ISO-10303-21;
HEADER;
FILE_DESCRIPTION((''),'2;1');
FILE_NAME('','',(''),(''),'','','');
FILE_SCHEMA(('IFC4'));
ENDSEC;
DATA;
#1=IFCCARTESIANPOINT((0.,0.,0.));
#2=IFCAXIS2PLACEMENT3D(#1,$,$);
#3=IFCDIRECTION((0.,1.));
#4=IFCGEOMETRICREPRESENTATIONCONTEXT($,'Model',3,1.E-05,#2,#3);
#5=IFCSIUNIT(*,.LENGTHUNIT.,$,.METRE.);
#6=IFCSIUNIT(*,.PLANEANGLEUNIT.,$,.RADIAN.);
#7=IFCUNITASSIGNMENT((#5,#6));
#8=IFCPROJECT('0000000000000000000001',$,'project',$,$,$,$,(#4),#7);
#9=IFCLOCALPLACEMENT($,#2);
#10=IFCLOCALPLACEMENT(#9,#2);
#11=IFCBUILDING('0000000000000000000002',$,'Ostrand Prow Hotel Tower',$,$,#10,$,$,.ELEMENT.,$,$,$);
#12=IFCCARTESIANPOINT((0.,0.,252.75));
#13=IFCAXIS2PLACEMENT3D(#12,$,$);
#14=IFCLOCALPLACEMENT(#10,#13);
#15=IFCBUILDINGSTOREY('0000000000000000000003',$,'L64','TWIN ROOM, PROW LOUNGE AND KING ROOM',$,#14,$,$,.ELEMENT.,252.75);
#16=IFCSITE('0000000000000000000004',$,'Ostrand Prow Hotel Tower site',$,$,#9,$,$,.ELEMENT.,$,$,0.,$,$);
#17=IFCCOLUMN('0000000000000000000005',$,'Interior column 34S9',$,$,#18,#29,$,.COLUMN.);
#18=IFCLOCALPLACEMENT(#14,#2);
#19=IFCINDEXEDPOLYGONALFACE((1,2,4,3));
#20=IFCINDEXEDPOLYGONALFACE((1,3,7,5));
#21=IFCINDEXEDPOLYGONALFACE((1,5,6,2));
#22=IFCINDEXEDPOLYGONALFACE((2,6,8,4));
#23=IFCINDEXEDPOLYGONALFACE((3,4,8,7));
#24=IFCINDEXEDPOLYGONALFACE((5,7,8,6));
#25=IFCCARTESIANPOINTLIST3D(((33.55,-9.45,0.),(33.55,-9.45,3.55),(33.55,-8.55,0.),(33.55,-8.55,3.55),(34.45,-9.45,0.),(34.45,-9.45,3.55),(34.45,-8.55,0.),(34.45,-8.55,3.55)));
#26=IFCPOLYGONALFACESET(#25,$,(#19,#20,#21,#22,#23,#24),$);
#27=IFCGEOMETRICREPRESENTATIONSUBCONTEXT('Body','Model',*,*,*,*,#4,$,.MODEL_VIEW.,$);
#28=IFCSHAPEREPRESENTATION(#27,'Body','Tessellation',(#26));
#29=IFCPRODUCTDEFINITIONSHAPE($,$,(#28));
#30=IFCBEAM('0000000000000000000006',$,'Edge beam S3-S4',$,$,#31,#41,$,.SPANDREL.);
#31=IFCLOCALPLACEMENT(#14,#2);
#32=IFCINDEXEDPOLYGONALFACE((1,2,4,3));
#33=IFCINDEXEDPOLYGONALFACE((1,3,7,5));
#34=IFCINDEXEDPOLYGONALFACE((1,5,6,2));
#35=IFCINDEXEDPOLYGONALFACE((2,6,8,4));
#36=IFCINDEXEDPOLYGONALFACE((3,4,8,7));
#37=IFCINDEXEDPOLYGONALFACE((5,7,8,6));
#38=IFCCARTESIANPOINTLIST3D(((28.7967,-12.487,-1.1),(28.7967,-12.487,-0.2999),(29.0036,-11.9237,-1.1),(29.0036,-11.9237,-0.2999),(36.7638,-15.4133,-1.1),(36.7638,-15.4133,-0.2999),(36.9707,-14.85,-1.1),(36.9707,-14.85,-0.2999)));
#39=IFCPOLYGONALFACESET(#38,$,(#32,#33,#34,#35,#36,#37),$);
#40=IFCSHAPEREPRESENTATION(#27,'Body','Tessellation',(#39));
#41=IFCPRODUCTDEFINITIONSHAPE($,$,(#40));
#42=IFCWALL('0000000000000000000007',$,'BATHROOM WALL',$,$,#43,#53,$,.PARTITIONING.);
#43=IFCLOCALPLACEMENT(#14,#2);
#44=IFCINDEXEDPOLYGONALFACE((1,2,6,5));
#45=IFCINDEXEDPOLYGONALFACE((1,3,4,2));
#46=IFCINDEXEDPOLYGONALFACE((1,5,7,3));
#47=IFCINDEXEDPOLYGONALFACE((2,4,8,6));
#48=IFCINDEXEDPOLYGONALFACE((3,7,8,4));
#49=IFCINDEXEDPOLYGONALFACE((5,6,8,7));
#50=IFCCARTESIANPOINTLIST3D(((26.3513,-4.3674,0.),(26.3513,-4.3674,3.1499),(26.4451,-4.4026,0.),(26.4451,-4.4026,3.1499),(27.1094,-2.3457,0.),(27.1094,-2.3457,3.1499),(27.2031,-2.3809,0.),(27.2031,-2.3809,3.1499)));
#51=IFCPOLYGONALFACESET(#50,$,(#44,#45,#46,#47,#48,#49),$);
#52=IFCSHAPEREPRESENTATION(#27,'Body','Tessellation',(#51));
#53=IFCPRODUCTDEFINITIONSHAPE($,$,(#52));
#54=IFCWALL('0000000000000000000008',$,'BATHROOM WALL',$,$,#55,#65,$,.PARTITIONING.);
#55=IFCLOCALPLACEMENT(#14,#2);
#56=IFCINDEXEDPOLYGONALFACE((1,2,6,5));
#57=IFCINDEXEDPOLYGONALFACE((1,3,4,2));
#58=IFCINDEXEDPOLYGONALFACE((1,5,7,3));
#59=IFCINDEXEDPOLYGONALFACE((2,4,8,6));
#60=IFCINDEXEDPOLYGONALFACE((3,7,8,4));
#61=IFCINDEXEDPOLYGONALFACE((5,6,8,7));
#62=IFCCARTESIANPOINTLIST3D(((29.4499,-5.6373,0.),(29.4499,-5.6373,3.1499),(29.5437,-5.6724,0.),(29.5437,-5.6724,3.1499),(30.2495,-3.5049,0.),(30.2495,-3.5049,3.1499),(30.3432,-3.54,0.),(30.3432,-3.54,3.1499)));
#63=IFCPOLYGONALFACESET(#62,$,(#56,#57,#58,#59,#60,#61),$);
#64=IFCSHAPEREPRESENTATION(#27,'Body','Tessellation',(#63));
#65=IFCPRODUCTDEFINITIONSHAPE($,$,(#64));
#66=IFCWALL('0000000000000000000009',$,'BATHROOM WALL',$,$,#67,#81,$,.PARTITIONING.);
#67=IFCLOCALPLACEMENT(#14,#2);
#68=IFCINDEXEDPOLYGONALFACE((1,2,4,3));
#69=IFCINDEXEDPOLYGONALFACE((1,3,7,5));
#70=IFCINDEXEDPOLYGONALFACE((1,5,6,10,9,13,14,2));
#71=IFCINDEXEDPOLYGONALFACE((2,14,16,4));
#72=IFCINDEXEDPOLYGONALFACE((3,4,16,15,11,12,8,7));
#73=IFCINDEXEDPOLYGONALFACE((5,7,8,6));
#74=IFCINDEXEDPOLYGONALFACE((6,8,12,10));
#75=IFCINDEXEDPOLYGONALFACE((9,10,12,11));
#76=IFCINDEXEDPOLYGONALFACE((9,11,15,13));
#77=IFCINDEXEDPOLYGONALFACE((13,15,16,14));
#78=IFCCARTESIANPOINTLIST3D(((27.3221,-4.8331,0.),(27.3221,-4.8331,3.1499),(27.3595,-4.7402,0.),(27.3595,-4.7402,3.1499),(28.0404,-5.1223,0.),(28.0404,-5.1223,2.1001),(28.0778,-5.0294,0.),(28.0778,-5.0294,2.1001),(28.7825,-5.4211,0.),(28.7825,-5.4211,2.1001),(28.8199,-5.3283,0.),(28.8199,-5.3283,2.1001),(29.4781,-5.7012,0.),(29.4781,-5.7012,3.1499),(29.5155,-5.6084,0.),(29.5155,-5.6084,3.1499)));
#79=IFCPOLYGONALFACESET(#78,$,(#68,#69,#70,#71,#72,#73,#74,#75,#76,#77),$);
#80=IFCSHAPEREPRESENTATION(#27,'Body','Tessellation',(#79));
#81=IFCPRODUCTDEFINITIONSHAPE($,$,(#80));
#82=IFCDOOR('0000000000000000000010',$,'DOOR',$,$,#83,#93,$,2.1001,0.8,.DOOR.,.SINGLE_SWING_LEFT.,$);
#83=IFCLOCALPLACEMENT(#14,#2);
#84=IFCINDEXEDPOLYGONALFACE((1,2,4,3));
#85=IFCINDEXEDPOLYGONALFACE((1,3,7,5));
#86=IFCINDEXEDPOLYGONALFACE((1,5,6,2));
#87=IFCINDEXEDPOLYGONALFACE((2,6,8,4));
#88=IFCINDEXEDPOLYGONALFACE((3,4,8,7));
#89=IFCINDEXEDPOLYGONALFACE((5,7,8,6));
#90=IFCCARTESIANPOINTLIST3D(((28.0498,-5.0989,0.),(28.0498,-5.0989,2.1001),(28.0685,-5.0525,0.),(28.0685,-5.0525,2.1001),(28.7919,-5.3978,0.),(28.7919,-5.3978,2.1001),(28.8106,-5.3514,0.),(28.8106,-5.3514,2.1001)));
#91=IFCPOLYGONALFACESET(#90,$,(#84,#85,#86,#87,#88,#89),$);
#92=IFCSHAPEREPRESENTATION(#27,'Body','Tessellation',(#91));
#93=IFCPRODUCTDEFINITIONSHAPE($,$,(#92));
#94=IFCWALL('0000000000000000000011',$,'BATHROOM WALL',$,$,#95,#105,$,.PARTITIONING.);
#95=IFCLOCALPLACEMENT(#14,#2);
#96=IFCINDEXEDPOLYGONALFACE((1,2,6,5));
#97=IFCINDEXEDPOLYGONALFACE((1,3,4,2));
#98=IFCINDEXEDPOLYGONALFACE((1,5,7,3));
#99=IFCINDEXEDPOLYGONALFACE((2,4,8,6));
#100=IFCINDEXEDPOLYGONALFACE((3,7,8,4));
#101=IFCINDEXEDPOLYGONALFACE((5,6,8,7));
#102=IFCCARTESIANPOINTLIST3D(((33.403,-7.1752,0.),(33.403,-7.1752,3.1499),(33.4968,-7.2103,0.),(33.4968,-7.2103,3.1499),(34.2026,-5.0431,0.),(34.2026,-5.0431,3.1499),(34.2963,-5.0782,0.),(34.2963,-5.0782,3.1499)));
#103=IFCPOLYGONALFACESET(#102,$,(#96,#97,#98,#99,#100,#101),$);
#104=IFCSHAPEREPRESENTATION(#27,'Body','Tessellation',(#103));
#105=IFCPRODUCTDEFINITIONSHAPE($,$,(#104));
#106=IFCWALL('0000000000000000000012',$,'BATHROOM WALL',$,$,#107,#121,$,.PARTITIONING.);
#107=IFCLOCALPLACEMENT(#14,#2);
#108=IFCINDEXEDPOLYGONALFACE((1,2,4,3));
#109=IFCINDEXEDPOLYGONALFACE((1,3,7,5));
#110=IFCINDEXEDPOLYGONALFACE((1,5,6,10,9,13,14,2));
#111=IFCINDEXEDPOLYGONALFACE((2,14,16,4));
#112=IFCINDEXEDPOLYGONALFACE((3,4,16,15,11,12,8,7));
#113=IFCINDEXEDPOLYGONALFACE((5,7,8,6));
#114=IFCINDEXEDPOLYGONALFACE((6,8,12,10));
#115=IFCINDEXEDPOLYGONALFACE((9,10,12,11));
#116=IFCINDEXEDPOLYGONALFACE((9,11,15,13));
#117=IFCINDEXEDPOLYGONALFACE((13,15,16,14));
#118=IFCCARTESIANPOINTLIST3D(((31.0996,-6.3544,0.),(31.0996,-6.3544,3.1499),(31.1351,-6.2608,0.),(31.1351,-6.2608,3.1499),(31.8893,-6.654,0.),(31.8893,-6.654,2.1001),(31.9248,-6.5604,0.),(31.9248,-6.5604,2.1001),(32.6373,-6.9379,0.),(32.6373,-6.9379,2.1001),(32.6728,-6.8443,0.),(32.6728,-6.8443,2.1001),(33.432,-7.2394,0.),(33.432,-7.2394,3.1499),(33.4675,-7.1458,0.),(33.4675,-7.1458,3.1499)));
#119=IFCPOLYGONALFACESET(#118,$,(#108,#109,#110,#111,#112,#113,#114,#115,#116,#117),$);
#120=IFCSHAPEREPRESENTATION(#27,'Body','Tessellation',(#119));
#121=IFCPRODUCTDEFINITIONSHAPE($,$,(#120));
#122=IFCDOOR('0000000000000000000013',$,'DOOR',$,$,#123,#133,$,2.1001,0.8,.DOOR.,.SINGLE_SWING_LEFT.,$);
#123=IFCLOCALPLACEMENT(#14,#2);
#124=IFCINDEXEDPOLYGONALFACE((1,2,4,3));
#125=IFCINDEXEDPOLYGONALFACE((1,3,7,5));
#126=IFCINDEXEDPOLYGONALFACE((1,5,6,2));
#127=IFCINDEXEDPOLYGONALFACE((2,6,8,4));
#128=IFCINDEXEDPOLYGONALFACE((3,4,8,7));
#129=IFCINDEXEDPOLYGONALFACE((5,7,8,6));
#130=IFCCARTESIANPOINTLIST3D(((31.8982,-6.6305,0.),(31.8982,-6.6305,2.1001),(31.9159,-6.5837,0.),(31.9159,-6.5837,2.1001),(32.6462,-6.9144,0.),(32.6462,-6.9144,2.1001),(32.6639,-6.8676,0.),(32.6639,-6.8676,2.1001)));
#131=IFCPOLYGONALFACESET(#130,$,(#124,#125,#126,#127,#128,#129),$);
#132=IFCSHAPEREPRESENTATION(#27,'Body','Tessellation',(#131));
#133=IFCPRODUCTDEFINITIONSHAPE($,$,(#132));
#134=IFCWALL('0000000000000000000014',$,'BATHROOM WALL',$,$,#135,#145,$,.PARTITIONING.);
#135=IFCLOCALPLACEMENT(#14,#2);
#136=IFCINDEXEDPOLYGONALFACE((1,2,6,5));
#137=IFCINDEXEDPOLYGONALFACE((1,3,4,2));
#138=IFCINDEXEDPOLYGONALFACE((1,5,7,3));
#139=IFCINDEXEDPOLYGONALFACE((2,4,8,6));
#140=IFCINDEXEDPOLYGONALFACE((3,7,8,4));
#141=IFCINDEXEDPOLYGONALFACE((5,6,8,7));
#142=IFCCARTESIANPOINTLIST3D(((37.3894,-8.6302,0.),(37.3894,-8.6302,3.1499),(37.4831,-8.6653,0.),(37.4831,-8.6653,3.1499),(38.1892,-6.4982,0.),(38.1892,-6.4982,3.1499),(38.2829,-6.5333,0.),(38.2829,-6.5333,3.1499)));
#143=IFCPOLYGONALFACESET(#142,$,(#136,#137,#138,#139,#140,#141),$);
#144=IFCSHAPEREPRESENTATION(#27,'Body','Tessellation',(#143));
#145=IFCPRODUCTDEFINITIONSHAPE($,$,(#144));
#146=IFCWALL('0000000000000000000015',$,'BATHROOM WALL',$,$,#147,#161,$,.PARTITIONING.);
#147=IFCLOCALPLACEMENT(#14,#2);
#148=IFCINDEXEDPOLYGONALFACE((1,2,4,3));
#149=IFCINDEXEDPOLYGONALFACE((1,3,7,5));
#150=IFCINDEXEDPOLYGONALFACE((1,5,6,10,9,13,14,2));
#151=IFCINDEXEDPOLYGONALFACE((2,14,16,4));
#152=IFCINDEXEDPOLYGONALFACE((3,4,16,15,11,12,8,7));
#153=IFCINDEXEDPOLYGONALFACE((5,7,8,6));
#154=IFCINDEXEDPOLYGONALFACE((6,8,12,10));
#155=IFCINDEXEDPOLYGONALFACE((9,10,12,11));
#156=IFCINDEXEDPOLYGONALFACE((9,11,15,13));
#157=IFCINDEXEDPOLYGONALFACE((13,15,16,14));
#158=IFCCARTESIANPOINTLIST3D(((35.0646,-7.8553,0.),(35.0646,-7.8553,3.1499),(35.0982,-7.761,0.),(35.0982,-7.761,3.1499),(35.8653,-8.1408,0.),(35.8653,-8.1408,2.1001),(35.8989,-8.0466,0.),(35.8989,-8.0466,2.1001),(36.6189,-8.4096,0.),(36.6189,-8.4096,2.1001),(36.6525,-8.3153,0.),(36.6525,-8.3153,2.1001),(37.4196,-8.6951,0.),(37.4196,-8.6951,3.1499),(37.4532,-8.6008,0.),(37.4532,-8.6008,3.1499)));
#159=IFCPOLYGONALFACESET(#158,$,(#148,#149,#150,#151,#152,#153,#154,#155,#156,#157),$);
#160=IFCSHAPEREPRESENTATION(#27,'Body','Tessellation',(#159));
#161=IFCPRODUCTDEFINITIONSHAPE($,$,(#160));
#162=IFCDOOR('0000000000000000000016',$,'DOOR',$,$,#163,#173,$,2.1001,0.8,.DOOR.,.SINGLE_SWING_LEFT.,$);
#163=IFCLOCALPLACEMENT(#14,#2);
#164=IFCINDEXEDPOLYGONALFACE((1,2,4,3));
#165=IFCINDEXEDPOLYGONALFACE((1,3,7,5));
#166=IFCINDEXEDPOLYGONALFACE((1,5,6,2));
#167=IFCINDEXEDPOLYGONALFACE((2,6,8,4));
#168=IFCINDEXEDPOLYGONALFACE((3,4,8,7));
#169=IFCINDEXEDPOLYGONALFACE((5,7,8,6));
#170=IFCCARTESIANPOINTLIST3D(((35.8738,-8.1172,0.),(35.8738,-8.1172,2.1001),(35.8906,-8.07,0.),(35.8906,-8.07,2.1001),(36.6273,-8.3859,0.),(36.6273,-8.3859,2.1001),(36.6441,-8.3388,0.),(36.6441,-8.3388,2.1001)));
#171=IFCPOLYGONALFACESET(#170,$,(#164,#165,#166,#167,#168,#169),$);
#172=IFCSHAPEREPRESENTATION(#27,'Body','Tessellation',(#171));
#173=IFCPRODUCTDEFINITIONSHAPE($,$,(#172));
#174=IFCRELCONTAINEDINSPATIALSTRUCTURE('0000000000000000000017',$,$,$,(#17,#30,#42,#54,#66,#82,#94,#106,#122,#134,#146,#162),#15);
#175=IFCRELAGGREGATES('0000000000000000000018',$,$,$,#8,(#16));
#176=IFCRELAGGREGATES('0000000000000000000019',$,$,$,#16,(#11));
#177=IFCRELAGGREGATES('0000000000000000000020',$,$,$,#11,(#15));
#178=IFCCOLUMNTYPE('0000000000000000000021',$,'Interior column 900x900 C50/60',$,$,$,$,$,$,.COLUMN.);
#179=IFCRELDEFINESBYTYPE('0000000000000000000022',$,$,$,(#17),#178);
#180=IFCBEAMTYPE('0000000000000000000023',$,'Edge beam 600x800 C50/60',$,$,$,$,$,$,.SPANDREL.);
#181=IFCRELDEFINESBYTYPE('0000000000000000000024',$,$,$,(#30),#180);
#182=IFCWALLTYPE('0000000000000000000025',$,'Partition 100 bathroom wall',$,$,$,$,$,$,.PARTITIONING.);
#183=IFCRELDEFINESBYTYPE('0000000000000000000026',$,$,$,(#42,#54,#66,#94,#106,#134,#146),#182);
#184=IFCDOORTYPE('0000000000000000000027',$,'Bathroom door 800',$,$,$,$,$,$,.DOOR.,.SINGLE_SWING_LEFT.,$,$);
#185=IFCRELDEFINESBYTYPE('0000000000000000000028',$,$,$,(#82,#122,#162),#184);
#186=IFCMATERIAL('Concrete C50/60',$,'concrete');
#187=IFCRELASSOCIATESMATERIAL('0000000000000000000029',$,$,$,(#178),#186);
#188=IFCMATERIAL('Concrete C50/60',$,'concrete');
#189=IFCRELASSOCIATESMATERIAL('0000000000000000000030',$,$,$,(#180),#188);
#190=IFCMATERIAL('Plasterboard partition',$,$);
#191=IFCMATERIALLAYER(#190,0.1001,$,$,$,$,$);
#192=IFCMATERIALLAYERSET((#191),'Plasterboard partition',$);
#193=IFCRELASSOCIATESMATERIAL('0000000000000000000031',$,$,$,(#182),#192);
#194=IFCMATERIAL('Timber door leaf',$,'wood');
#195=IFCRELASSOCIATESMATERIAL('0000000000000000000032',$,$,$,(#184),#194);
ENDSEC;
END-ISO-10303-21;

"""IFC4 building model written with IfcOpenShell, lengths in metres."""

from ifc_helpers import new_model, si_unit, direction, frame, frame_2d, origin, origin_2d, place, context, subcontext, project, spatial, rectangle, extrude, material, layer, layer_set, material_profile, profile_set, type_object, element, fill, save


model = new_model("IFC4")

# Units and contexts
model_context = context("Model", 3, precision=1e-05, world=origin(), true_north=direction((0.0, 1.0)))
body_context = subcontext(model_context, "Body", "Model", "MODEL_VIEW")
ifc_project = project(units=[si_unit("LENGTHUNIT", "METRE"), si_unit("PLANEANGLEUNIT", "RADIAN")], contexts=[model_context])

# Site, building, storey
site_placement = place(None, origin())
site = spatial("IfcSite", under=ifc_project, at=site_placement, Name="Ostrand Prow Hotel Tower site", CompositionType="ELEMENT", RefElevation=0.0)
building_placement = place(site_placement, origin())
building = spatial("IfcBuilding", under=site, at=building_placement, Name="Ostrand Prow Hotel Tower", CompositionType="ELEMENT")
storey_placement = place(building_placement, frame((0.0, 0.0, 252.75)))
storey = spatial("IfcBuildingStorey", under=building, at=storey_placement, Name="L64", Description="TWIN ROOM, PROW LOUNGE AND KING ROOM", CompositionType="ELEMENT", Elevation=252.75)

# Column
ifc_material_1 = material(Name="Concrete C50/60", Category="concrete")
ifc_material_profile_1 = material_profile(ifc_material_1, rectangle(XDim=0.8999, YDim=0.8999, at=origin_2d()), Name="RC 900x900")
ifc_profile_set_1 = profile_set([ifc_material_profile_1], Name="Concrete C50/60")
column_type = type_object("IfcColumnType", Name="Interior column 900x900 C50/60", PredefinedType="COLUMN", material=ifc_profile_set_1)
column_placement = place(storey_placement, frame((34.0, -9.0, 0.0), z_axis=(0.0, 0.0, 1.0), x_axis=(1.0, 0.0, 0.0)))
element("IfcColumn", 1, at=column_placement, inside=storey, type_object=column_type, Name="Interior column 34S9", PredefinedType="COLUMN", context=body_context, shape_type="SweptSolid", body=[
    extrude(rectangle(XDim=0.8999, YDim=0.8999, at=origin_2d()), origin(), (0.0, 0.0, 1.0), 3.55),
])

# Beam
ifc_material_2 = material(Name="Concrete C50/60", Category="concrete")
ifc_material_profile_2 = material_profile(ifc_material_2, rectangle(XDim=0.6001, YDim=0.8, at=origin_2d()), Name="RC 600x800")
ifc_profile_set_2 = profile_set([ifc_material_profile_2], Name="Concrete C50/60")
beam_type = type_object("IfcBeamType", Name="Edge beam 600x800 C50/60", PredefinedType="SPANDREL", material=ifc_profile_set_2)
beam_placement = place(storey_placement, frame((28.9001, -12.2053, -0.7), z_axis=(0.938685, -0.344776, 0.0), x_axis=(0.344776, 0.938685, 0.0)))
element("IfcBeam", 2, at=beam_placement, inside=storey, type_object=beam_type, Name="Edge beam S3-S4", PredefinedType="SPANDREL", context=body_context, shape_type="SweptSolid", body=[
    extrude(rectangle(XDim=0.6001, YDim=0.8, at=origin_2d()), origin(), (0.0, 0.0, 1.0), 8.4875),
])

# Walls
ifc_material_3 = material(Name="Plasterboard partition")
ifc_layer_1 = layer(ifc_material_3, 0.1001)
ifc_layer_set_1 = layer_set([ifc_layer_1], Name="Plasterboard partition")
wall_type_1 = type_object("IfcWallType", Name="Partition 100 bathroom wall", PredefinedType="PARTITIONING", material=ifc_layer_set_1)
wall_1_placement = place(storey_placement, frame((27.1562, -2.3633, 0.0), z_axis=(0.0, 0.0, 1.0), x_axis=(-0.351086, -0.936343, 0.0)))
element("IfcWall", 3, at=wall_1_placement, inside=storey, type_object=wall_type_1, Name="BATHROOM WALL", PredefinedType="PARTITIONING", context=body_context, shape_type="SweptSolid", body=[
    extrude(rectangle(XDim=2.1592, YDim=0.1001, at=frame_2d((1.0796, 0.0))), origin(), (0.0, 0.0, 1.0), 3.1499),
])
wall_2_placement = place(storey_placement, frame((30.2964, -3.5225, 0.0), z_axis=(0.0, 0.0, 1.0), x_axis=(-0.3511, -0.936338, 0.0)))
element("IfcWall", 4, at=wall_2_placement, inside=storey, type_object=wall_type_1, Name="BATHROOM WALL", PredefinedType="PARTITIONING", context=body_context, shape_type="SweptSolid", body=[
    extrude(rectangle(XDim=2.2773, YDim=0.1001, at=frame_2d((1.1387, 0.0))), origin(), (0.0, 0.0, 1.0), 3.1499),
])

# Wall, opening, door
wall_3_placement = place(storey_placement, frame((29.4968, -5.6548, 0.0), z_axis=(0.0, 0.0, 1.0), x_axis=(-0.927619, 0.373527, 0.0)))
wall_3 = element("IfcWall", 5, at=wall_3_placement, inside=storey, type_object=wall_type_1, Name="BATHROOM WALL", PredefinedType="PARTITIONING", context=body_context, shape_type="SweptSolid", body=[
    extrude(rectangle(XDim=2.3242, YDim=0.1001, at=frame_2d((1.1621, 0.0))), origin(), (0.0, 0.0, 1.0), 3.1499),
])
opening_1_placement = place(wall_3_placement, frame((0.75, 0.0, 0.0)))
opening_1 = element("IfcOpeningElement", 6, at=opening_1_placement, cuts=wall_3, PredefinedType="OPENING", context=body_context, shape_type="SweptSolid", body=[
    extrude(rectangle(XDim=0.8, YDim=2.1001, at=frame_2d((0.3999, 1.05))), frame((0.0, 0.0601, 0.0), z_axis=(0.0, -1.0, 0.0), x_axis=(1.0, 0.0, 0.0)), (0.0, 0.0, 1.0), 0.1201),
])
ifc_material_4 = material(Name="Timber door leaf", Category="wood")
door_type_1 = type_object("IfcDoorType", Name="Bathroom door 800", OperationType="SINGLE_SWING_LEFT", PredefinedType="DOOR", material=ifc_material_4)
door_1_placement = place(opening_1_placement, origin())
door_1 = element("IfcDoor", 7, at=door_1_placement, inside=storey, type_object=door_type_1, Name="DOOR", OperationType="SINGLE_SWING_LEFT", OverallHeight=2.1001, OverallWidth=0.8, PredefinedType="DOOR", context=body_context, shape_type="SweptSolid", body=[
    extrude(rectangle(XDim=0.8, YDim=2.1001, at=frame_2d((0.3999, 1.05))), frame((0.0, 0.0249, 0.0), z_axis=(0.0, -1.0, 0.0), x_axis=(1.0, 0.0, 0.0)), (0.0, 0.0, 1.0), 0.05),
])
fill(opening_1, door_1)

# Wall
wall_4_placement = place(storey_placement, frame((34.2495, -5.0605, 0.0), z_axis=(0.0, 0.0, 1.0), x_axis=(-0.351135, -0.936325, 0.0)))
element("IfcWall", 8, at=wall_4_placement, inside=storey, type_object=wall_type_1, Name="BATHROOM WALL", PredefinedType="PARTITIONING", context=body_context, shape_type="SweptSolid", body=[
    extrude(rectangle(XDim=2.2771, YDim=0.1001, at=frame_2d((1.1387, 0.0))), origin(), (0.0, 0.0, 1.0), 3.1499),
])

# Wall, opening, door
wall_5_placement = place(storey_placement, frame((33.4497, -7.1926, 0.0), z_axis=(0.0, 0.0, 1.0), x_axis=(-0.934951, 0.354778, 0.0)))
wall_5 = element("IfcWall", 9, at=wall_5_placement, inside=storey, type_object=wall_type_1, Name="BATHROOM WALL", PredefinedType="PARTITIONING", context=body_context, shape_type="SweptSolid", body=[
    extrude(rectangle(XDim=2.4946, YDim=0.1001, at=frame_2d((1.2473, 0.0))), origin(), (0.0, 0.0, 1.0), 3.1499),
])
opening_2_placement = place(wall_5_placement, frame((0.8501, 0.0, 0.0)))
opening_2 = element("IfcOpeningElement", 10, at=opening_2_placement, cuts=wall_5, PredefinedType="OPENING", context=body_context, shape_type="SweptSolid", body=[
    extrude(rectangle(XDim=0.8, YDim=2.1001, at=frame_2d((0.3999, 1.05))), frame((0.0, 0.0601, 0.0), z_axis=(0.0, -1.0, 0.0), x_axis=(1.0, 0.0, 0.0)), (0.0, 0.0, 1.0), 0.1201),
])
door_2_placement = place(opening_2_placement, origin())
door_2 = element("IfcDoor", 11, at=door_2_placement, inside=storey, type_object=door_type_1, Name="DOOR", OperationType="SINGLE_SWING_LEFT", OverallHeight=2.1001, OverallWidth=0.8, PredefinedType="DOOR", context=body_context, shape_type="SweptSolid", body=[
    extrude(rectangle(XDim=0.8, YDim=2.1001, at=frame_2d((0.3999, 1.05))), frame((0.0, 0.0249, 0.0), z_axis=(0.0, -1.0, 0.0), x_axis=(1.0, 0.0, 0.0)), (0.0, 0.0, 1.0), 0.05),
])
fill(opening_2, door_2)

# Wall
wall_6_placement = place(storey_placement, frame((38.2361, -6.5156, 0.0), z_axis=(0.0, 0.0, 1.0), x_axis=(-0.351229, -0.93629, 0.0)))
element("IfcWall", 12, at=wall_6_placement, inside=storey, type_object=wall_type_1, Name="BATHROOM WALL", PredefinedType="PARTITIONING", context=body_context, shape_type="SweptSolid", body=[
    extrude(rectangle(XDim=2.2771, YDim=0.1001, at=frame_2d((1.1387, 0.0))), origin(), (0.0, 0.0, 1.0), 3.1499),
])

# Wall, opening, door
wall_7_placement = place(storey_placement, frame((37.4363, -8.6479, 0.0), z_axis=(0.0, 0.0, 1.0), x_axis=(-0.941896, 0.335903, 0.0)))
wall_7 = element("IfcWall", 13, at=wall_7_placement, inside=storey, type_object=wall_type_1, Name="BATHROOM WALL", PredefinedType="PARTITIONING", context=body_context, shape_type="SweptSolid", body=[
    extrude(rectangle(XDim=2.5002, YDim=0.1001, at=frame_2d((1.25, 0.0))), origin(), (0.0, 0.0, 1.0), 3.1499),
])
opening_3_placement = place(wall_7_placement, frame((0.8501, 0.0, 0.0)))
opening_3 = element("IfcOpeningElement", 14, at=opening_3_placement, cuts=wall_7, PredefinedType="OPENING", context=body_context, shape_type="SweptSolid", body=[
    extrude(rectangle(XDim=0.8, YDim=2.1001, at=frame_2d((0.3999, 1.05))), frame((0.0, 0.0601, 0.0), z_axis=(0.0, -1.0, 0.0), x_axis=(1.0, 0.0, 0.0)), (0.0, 0.0, 1.0), 0.1201),
])
door_3_placement = place(opening_3_placement, origin())
door_3 = element("IfcDoor", 15, at=door_3_placement, inside=storey, type_object=door_type_1, Name="DOOR", OperationType="SINGLE_SWING_LEFT", OverallHeight=2.1001, OverallWidth=0.8, PredefinedType="DOOR", context=body_context, shape_type="SweptSolid", body=[
    extrude(rectangle(XDim=0.8, YDim=2.1001, at=frame_2d((0.3999, 1.05))), frame((0.0, 0.0249, 0.0), z_axis=(0.0, -1.0, 0.0), x_axis=(1.0, 0.0, 0.0)), (0.0, 0.0, 1.0), 0.05),
])
fill(opening_3, door_3)

save(model, "model.ifc")
